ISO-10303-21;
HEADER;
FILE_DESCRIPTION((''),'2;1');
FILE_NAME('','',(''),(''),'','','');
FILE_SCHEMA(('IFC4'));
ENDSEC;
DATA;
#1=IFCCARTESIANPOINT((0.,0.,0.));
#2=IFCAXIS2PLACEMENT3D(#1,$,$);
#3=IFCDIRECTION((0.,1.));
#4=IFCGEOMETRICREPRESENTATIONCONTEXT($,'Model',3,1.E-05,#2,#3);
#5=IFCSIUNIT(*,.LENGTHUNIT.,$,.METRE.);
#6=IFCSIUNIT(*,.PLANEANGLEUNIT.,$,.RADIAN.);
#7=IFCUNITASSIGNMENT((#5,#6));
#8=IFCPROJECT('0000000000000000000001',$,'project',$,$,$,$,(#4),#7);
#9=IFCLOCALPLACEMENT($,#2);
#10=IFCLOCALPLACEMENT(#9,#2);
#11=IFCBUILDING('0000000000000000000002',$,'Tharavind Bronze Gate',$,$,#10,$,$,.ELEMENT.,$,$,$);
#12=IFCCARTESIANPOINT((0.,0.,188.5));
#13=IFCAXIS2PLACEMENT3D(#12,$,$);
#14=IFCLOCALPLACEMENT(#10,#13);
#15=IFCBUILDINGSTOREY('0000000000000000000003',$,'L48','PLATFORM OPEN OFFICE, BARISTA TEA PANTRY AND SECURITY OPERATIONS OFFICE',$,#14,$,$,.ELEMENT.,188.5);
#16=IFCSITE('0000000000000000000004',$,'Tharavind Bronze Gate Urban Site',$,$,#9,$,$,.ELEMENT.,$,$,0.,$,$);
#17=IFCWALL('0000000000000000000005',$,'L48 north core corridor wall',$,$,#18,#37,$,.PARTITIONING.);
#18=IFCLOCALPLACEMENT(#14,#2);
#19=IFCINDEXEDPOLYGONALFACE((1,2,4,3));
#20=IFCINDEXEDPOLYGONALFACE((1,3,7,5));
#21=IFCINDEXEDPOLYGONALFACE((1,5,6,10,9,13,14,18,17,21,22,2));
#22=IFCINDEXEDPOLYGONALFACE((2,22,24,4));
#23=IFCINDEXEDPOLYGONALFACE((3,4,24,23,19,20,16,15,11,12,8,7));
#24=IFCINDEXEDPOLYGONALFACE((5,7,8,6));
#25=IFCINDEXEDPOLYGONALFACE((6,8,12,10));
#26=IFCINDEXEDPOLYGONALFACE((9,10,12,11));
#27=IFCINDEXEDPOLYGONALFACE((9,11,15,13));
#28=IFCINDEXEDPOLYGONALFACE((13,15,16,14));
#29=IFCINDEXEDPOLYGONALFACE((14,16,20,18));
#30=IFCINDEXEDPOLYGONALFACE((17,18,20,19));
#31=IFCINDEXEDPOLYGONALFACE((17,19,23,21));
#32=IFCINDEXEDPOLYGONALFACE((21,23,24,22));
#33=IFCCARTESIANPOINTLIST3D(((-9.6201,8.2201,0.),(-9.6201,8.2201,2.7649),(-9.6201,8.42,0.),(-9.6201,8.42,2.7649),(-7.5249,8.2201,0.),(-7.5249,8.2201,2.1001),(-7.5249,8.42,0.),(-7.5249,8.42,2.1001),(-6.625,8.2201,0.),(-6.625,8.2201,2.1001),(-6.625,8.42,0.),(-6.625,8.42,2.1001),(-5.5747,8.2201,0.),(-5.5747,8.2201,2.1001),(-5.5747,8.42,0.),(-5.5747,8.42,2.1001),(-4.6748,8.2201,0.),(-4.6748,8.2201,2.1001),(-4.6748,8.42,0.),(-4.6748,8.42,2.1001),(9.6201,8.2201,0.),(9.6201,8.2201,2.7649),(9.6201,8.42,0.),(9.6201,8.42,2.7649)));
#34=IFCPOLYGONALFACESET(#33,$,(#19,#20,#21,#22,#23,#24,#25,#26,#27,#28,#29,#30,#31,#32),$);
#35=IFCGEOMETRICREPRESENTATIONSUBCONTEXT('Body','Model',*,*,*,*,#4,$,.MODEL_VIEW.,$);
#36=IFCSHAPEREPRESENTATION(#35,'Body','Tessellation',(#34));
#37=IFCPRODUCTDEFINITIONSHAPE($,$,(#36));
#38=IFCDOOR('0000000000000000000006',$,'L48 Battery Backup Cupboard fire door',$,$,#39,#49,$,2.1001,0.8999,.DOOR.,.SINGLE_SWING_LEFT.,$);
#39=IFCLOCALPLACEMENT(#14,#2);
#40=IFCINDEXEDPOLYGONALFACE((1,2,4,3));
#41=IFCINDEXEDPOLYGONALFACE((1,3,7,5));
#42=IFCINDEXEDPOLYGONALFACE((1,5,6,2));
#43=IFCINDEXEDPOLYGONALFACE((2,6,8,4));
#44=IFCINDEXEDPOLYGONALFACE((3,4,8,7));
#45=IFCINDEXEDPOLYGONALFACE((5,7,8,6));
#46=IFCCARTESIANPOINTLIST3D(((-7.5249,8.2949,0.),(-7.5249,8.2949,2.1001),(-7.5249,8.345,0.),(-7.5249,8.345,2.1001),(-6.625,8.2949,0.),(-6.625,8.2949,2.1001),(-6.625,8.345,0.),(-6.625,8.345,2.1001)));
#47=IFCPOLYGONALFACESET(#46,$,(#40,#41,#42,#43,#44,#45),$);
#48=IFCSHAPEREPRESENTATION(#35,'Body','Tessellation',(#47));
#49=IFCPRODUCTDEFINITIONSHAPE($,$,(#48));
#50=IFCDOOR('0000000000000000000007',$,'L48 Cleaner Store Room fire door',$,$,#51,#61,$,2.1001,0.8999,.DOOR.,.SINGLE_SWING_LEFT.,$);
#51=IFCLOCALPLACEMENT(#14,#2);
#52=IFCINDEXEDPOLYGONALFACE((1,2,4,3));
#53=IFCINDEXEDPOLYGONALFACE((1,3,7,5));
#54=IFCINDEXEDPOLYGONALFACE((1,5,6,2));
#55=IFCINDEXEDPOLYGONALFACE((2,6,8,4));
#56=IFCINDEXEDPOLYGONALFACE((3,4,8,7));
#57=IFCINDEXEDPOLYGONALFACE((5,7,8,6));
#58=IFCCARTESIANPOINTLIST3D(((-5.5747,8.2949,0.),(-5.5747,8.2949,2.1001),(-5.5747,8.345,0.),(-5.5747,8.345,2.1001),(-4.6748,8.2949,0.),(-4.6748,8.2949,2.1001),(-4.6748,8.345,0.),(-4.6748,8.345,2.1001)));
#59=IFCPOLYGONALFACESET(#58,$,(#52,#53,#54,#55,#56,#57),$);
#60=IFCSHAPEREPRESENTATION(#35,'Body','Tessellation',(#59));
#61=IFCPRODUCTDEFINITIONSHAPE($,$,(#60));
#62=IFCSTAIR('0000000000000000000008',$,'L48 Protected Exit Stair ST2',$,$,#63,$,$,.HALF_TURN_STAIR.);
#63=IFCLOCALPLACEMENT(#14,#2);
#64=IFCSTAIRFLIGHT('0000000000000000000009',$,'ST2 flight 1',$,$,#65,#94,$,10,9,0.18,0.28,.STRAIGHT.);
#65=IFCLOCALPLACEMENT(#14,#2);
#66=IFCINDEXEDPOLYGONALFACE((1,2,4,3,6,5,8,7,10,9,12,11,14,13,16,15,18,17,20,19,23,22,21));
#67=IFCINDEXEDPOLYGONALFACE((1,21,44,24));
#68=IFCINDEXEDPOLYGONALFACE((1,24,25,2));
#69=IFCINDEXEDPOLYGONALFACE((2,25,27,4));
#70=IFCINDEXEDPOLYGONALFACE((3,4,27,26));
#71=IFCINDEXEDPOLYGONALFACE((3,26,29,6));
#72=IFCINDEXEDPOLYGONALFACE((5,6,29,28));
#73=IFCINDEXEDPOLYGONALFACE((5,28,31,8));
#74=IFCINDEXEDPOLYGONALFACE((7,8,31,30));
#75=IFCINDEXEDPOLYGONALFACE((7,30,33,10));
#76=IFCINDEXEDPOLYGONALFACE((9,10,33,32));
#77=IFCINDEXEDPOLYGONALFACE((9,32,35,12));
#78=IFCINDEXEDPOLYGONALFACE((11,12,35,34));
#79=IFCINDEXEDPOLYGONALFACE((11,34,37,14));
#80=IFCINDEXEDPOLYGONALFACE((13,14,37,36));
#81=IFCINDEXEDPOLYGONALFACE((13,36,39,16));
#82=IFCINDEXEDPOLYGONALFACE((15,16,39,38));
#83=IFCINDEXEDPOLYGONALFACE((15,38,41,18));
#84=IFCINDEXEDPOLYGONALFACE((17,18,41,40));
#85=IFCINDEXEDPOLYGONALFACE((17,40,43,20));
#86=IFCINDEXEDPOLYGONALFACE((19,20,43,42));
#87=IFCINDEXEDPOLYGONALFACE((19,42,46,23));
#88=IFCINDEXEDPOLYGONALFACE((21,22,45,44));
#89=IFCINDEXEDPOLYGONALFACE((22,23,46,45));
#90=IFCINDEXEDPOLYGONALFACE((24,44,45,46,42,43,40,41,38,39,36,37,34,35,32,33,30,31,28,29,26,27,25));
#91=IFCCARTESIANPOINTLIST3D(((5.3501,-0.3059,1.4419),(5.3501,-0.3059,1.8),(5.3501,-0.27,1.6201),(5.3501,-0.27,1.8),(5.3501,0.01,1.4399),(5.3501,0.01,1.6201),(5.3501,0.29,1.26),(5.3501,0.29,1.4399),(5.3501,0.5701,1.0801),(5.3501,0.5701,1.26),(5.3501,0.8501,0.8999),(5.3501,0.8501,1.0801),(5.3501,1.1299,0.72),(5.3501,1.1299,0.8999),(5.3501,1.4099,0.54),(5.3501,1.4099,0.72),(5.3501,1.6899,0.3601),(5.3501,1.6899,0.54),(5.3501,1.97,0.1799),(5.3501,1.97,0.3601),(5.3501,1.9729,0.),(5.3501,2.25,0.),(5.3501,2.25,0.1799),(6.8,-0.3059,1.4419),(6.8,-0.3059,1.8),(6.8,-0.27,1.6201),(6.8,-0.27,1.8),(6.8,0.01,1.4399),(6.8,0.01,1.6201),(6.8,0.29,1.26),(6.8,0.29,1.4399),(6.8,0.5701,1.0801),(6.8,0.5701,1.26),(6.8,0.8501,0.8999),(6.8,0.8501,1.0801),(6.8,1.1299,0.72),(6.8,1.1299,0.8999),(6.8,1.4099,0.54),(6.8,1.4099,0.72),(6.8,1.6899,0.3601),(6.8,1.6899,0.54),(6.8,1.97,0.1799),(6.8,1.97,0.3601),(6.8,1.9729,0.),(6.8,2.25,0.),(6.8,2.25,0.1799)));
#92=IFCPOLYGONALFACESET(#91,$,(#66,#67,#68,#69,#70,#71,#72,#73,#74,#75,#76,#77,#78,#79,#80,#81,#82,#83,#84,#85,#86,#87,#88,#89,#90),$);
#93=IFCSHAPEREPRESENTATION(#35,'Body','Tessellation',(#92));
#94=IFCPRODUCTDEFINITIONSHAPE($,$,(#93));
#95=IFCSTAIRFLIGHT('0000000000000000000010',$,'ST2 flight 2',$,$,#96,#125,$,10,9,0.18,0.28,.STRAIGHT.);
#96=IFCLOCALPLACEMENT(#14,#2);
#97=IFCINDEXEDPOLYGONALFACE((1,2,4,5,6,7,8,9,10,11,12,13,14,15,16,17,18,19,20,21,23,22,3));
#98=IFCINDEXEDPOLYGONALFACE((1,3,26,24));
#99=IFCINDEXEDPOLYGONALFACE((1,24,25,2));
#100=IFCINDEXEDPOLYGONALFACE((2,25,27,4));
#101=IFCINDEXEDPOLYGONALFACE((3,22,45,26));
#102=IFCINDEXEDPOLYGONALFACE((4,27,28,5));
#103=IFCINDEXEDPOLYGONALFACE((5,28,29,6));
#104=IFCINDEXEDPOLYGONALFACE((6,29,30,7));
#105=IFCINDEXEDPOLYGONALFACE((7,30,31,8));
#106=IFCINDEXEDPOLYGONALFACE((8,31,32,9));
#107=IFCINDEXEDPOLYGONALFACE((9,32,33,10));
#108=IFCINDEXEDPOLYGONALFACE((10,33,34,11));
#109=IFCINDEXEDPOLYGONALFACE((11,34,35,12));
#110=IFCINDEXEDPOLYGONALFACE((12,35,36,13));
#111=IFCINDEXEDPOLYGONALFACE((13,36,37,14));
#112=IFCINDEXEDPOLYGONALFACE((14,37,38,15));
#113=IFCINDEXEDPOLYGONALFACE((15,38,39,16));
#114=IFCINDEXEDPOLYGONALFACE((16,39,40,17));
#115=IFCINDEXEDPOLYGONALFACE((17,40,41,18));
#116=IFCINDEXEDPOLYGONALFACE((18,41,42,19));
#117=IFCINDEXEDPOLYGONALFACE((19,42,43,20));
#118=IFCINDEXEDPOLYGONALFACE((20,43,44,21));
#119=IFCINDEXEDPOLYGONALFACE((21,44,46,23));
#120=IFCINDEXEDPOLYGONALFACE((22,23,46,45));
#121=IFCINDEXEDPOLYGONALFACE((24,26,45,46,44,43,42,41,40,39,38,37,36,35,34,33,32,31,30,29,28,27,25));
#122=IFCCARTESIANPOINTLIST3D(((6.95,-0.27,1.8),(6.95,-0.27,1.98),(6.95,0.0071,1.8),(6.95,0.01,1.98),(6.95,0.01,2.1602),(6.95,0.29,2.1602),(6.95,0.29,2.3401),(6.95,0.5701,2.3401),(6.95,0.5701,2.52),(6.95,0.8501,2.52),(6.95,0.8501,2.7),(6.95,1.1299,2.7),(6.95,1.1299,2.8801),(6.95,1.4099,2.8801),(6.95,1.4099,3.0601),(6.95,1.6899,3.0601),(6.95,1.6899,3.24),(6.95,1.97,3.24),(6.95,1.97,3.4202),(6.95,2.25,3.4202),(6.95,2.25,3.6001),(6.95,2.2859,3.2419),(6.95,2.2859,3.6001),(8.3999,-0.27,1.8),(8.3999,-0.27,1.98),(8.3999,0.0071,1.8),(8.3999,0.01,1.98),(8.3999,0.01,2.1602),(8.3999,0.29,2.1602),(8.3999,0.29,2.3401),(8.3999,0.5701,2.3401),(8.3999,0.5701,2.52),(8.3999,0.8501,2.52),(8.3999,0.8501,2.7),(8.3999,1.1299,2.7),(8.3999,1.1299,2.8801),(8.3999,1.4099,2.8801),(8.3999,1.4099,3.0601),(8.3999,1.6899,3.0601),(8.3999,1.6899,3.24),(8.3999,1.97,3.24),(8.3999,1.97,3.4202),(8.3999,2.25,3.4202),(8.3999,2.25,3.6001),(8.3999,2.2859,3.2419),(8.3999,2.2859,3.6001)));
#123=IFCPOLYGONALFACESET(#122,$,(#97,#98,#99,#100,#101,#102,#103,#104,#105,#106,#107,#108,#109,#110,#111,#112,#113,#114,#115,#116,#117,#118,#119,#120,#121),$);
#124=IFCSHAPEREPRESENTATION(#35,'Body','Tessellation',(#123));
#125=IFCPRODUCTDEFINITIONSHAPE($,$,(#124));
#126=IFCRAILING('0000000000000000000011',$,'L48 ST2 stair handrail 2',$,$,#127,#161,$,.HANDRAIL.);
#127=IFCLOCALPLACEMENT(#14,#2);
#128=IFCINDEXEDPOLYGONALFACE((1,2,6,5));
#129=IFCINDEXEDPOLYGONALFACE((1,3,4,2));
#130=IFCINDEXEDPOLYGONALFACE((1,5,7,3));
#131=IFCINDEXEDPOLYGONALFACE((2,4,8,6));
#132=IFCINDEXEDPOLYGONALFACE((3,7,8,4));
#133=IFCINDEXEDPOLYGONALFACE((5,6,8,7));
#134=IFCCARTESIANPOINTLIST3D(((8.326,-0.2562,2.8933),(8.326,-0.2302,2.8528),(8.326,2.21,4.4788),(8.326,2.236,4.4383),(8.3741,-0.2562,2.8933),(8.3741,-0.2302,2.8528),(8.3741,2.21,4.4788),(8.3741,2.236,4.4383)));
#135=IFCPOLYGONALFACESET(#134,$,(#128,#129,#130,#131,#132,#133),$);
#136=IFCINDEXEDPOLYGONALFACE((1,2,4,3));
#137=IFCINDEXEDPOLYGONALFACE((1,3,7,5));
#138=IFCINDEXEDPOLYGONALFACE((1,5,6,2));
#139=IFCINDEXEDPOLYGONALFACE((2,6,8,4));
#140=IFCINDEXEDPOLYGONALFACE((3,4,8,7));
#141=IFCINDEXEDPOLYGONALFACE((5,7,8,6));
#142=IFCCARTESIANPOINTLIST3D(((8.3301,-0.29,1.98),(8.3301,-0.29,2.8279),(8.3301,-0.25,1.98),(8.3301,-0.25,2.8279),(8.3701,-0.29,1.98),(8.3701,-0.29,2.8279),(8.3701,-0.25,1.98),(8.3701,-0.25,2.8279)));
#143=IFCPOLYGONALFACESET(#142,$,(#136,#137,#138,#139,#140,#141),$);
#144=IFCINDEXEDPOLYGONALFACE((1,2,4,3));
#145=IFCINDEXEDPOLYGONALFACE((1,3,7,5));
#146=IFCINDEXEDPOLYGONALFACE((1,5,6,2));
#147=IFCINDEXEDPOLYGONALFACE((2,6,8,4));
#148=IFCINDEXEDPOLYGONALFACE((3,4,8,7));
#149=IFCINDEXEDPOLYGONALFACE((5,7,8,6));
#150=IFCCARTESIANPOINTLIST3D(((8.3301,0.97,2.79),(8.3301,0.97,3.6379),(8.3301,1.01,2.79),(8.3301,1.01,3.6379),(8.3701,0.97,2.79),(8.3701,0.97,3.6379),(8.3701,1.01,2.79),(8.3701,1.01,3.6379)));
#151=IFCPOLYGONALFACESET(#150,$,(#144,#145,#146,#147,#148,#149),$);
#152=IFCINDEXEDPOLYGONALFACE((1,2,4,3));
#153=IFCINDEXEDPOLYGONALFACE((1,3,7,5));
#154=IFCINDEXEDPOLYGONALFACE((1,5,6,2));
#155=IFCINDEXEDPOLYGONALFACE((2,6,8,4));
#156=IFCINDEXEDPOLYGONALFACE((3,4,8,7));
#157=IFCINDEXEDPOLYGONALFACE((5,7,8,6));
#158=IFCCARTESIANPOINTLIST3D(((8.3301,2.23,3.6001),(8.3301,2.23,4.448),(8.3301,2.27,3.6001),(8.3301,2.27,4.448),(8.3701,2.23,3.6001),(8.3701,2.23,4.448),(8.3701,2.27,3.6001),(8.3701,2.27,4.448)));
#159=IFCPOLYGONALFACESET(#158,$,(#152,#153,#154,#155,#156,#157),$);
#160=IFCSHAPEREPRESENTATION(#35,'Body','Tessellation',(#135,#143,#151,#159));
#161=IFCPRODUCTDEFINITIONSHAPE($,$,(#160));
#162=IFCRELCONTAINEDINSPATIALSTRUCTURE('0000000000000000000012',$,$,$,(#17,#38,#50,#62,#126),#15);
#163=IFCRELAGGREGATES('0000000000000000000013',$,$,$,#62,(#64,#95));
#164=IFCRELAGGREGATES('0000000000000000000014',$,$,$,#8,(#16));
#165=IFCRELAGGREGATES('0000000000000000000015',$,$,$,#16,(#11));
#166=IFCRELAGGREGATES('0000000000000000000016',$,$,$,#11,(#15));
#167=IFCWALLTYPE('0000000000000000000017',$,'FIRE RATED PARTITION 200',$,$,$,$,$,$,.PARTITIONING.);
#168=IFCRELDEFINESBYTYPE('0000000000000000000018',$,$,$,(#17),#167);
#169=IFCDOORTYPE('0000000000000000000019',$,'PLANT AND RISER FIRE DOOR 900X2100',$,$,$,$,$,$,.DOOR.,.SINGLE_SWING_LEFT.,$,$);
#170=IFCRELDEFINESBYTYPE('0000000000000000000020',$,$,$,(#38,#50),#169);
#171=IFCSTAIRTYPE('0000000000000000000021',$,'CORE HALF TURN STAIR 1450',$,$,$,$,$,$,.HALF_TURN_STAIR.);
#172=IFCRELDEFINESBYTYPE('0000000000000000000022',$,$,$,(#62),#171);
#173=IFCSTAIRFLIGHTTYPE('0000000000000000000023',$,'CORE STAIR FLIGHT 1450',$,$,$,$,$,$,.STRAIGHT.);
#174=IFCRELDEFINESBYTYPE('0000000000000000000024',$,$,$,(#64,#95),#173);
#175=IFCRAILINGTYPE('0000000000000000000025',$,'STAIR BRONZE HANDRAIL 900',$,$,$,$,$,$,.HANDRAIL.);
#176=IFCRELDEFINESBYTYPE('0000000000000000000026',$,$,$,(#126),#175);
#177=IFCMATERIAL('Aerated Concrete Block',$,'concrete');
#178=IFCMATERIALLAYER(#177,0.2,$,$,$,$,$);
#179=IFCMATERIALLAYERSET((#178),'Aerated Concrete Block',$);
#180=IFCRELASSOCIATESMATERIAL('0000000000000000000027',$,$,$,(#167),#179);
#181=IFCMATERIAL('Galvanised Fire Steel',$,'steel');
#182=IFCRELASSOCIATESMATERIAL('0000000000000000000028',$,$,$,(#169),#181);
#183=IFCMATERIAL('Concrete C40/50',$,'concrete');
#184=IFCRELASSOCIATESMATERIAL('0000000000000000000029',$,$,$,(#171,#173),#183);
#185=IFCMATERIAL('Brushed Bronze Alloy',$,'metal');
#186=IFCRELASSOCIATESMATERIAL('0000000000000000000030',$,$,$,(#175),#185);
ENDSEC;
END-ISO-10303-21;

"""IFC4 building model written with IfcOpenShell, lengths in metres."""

from ifc_helpers import new_model, si_unit, direction, frame, frame_2d, origin, origin_2d, place, context, subcontext, project, spatial, polyline, rectangle, outline, extrude, material, layer, layer_set, type_object, element, fill, aggregate, save


model = new_model("IFC4")

# Units and contexts
model_context = context("Model", 3, precision=1e-05, world=origin(), true_north=direction((0.0, 1.0)))
body_context = subcontext(model_context, "Body", "Model", "MODEL_VIEW")
ifc_project = project(units=[si_unit("LENGTHUNIT", "METRE"), si_unit("PLANEANGLEUNIT", "RADIAN")], contexts=[model_context])

# Site, building, storey
site_placement = place(None, origin())
site = spatial("IfcSite", under=ifc_project, at=site_placement, Name="Tharavind Bronze Gate Urban Site", CompositionType="ELEMENT", RefElevation=0.0)
building_placement = place(site_placement, origin())
building = spatial("IfcBuilding", under=site, at=building_placement, Name="Tharavind Bronze Gate", CompositionType="ELEMENT")
storey_placement = place(building_placement, frame((0.0, 0.0, 188.5)))
storey = spatial("IfcBuildingStorey", under=building, at=storey_placement, Name="L48", Description="PLATFORM OPEN OFFICE, BARISTA TEA PANTRY AND SECURITY OPERATIONS OFFICE", CompositionType="ELEMENT", Elevation=188.5)

# Wall, openings, doors
ifc_material_1 = material(Name="Aerated Concrete Block", Category="concrete")
ifc_layer_1 = layer(ifc_material_1, 0.2)
ifc_layer_set_1 = layer_set([ifc_layer_1], Name="Aerated Concrete Block")
wall_type_1 = type_object("IfcWallType", Name="FIRE RATED PARTITION 200", PredefinedType="PARTITIONING", material=ifc_layer_set_1)
wall_1_placement = place(storey_placement, frame((9.6201, 8.3201, 0.0), z_axis=(0.0, 0.0, 1.0), x_axis=(-1.0, 0.0, 0.0)))
wall_1 = element("IfcWall", 1, at=wall_1_placement, inside=storey, type_object=wall_type_1, Name="L48 north core corridor wall", PredefinedType="PARTITIONING", context=body_context, shape_type="SweptSolid", body=[
    extrude(rectangle(XDim=19.2402, YDim=0.2, at=frame_2d((9.6201, 0.0))), origin(), (0.0, 0.0, 1.0), 2.7649),
])
opening_1_placement = place(wall_1_placement, frame((16.2451, 0.0, 0.0)))
opening_1 = element("IfcOpeningElement", 2, at=opening_1_placement, cuts=wall_1, PredefinedType="OPENING", context=body_context, shape_type="SweptSolid", body=[
    extrude(rectangle(XDim=0.8999, YDim=2.1001, at=frame_2d((0.45, 1.05))), frame((0.0, 0.1101, 0.0), z_axis=(0.0, -1.0, 0.0), x_axis=(1.0, 0.0, 0.0)), (0.0, 0.0, 1.0), 0.22),
])
opening_2_placement = place(wall_1_placement, frame((14.2949, 0.0, 0.0)))
opening_2 = element("IfcOpeningElement", 3, at=opening_2_placement, cuts=wall_1, PredefinedType="OPENING", context=body_context, shape_type="SweptSolid", body=[
    extrude(rectangle(XDim=0.8999, YDim=2.1001, at=frame_2d((0.45, 1.05))), frame((0.0, 0.1101, 0.0), z_axis=(0.0, -1.0, 0.0), x_axis=(1.0, 0.0, 0.0)), (0.0, 0.0, 1.0), 0.22),
])
ifc_material_2 = material(Name="Galvanised Fire Steel", Category="steel")
door_type_1 = type_object("IfcDoorType", Name="PLANT AND RISER FIRE DOOR 900X2100", OperationType="SINGLE_SWING_LEFT", PredefinedType="DOOR", material=ifc_material_2)
door_1_placement = place(opening_1_placement, frame((0.8999, 0.0, 0.0), z_axis=(0.0, 0.0, 1.0), x_axis=(-1.0, 0.0, 0.0)))
door_1 = element("IfcDoor", 4, at=door_1_placement, inside=storey, type_object=door_type_1, Name="L48 Battery Backup Cupboard fire door", OperationType="SINGLE_SWING_LEFT", OverallHeight=2.1001, OverallWidth=0.8999, PredefinedType="DOOR", context=body_context, shape_type="SweptSolid", body=[
    extrude(rectangle(XDim=0.8999, YDim=2.1001, at=frame_2d((0.45, 1.05))), frame((0.0, 0.0249, 0.0), z_axis=(0.0, -1.0, 0.0), x_axis=(1.0, 0.0, 0.0)), (0.0, 0.0, 1.0), 0.05),
])
fill(opening_1, door_1)
door_2_placement = place(opening_2_placement, frame((0.8999, 0.0, 0.0), z_axis=(0.0, 0.0, 1.0), x_axis=(-1.0, 0.0, 0.0)))
door_2 = element("IfcDoor", 5, at=door_2_placement, inside=storey, type_object=door_type_1, Name="L48 Cleaner Store Room fire door", OperationType="SINGLE_SWING_LEFT", OverallHeight=2.1001, OverallWidth=0.8999, PredefinedType="DOOR", context=body_context, shape_type="SweptSolid", body=[
    extrude(rectangle(XDim=0.8999, YDim=2.1001, at=frame_2d((0.45, 1.05))), frame((0.0, 0.0249, 0.0), z_axis=(0.0, -1.0, 0.0), x_axis=(1.0, 0.0, 0.0)), (0.0, 0.0, 1.0), 0.05),
])
fill(opening_2, door_2)

# Stair, stair flights
ifc_material_3 = material(Name="Concrete C40/50", Category="concrete")
stair_type = type_object("IfcStairType", Name="CORE HALF TURN STAIR 1450", PredefinedType="HALF_TURN_STAIR", material=ifc_material_3)
stair_placement = place(storey_placement, origin())
stair = element("IfcStair", 6, at=stair_placement, inside=storey, type_object=stair_type, Name="L48 Protected Exit Stair ST2", PredefinedType="HALF_TURN_STAIR")
stair_flight_type = type_object("IfcStairFlightType", Name="CORE STAIR FLIGHT 1450", PredefinedType="STRAIGHT", material=ifc_material_3)
stair_flight_1_placement = place(storey_placement, frame((6.075, 2.25, 0.0), z_axis=(0.0, 0.0, 1.0), x_axis=(0.0, -1.0, 0.0)))
stair_flight_1 = element("IfcStairFlight", 7, at=stair_flight_1_placement, type_object=stair_flight_type, Name="ST2 flight 1", NumberOfRisers=10, NumberOfTreads=9, PredefinedType="STRAIGHT", RiserHeight=0.18, TreadLength=0.28, context=body_context, shape_type="SweptSolid", body=[
    extrude(outline(polyline([(0.0, 0.0), (0.0, 0.1799), (0.28, 0.1799), (0.28, 0.3601), (0.5601, 0.3601), (0.5601, 0.54), (0.8401, 0.54), (0.8401, 0.72), (1.1201, 0.72), (1.1201, 0.8999), (1.3999, 0.8999), (1.3999, 1.0801), (1.6799, 1.0801), (1.6799, 1.26), (1.96, 1.26), (1.96, 1.4399), (2.24, 1.4399), (2.24, 1.6201), (2.52, 1.6201), (2.52, 1.8), (2.5559, 1.8), (2.5559, 1.4419), (0.2771, 0.0), (0.0, 0.0)])), frame((0.0, 0.7251, 0.0), z_axis=(0.0, -1.0, 0.0), x_axis=(1.0, 0.0, 0.0)), (0.0, 0.0, 1.0), 1.45),
])
stair_flight_2_placement = place(storey_placement, frame((7.675, -0.27, 1.8), z_axis=(0.0, 0.0, 1.0), x_axis=(0.0, 1.0, 0.0)))
stair_flight_2 = element("IfcStairFlight", 8, at=stair_flight_2_placement, type_object=stair_flight_type, Name="ST2 flight 2", NumberOfRisers=10, NumberOfTreads=9, PredefinedType="STRAIGHT", RiserHeight=0.18, TreadLength=0.28, context=body_context, shape_type="SweptSolid", body=[
    extrude(outline(polyline([(0.0, 0.0), (0.0, 0.1799), (0.28, 0.1799), (0.28, 0.3601), (0.5601, 0.3601), (0.5601, 0.54), (0.8401, 0.54), (0.8401, 0.72), (1.1201, 0.72), (1.1201, 0.8999), (1.3999, 0.8999), (1.3999, 1.0801), (1.6799, 1.0801), (1.6799, 1.26), (1.96, 1.26), (1.96, 1.4399), (2.24, 1.4399), (2.24, 1.6201), (2.52, 1.6201), (2.52, 1.8), (2.5559, 1.8), (2.5559, 1.4419), (0.2771, 0.0), (0.0, 0.0)])), frame((0.0, 0.7251, 0.0), z_axis=(0.0, -1.0, 0.0), x_axis=(1.0, 0.0, 0.0)), (0.0, 0.0, 1.0), 1.45),
])
aggregate(stair, [stair_flight_1, stair_flight_2])

# Railing
ifc_material_4 = material(Name="Brushed Bronze Alloy", Category="metal")
railing_type_1 = type_object("IfcRailingType", Name="STAIR BRONZE HANDRAIL 900", PredefinedType="HANDRAIL", material=ifc_material_4)
railing_1_placement = place(storey_placement, frame((8.3501, -0.27, 1.98)))
element("IfcRailing", 9, at=railing_1_placement, inside=storey, type_object=railing_type_1, Name="L48 ST2 stair handrail 2", PredefinedType="HANDRAIL", context=body_context, shape_type="SweptSolid", body=[
    extrude(rectangle(XDim=0.0481, YDim=0.0481, at=origin_2d()), frame((0.0, 0.0269, 0.8931), z_axis=(0.0, 0.841163, 0.540782), x_axis=(-1.0, 0.0, 0.0)), (0.0, 0.0, 1.0), 2.9319),
    extrude(rectangle(XDim=0.04, YDim=0.04, at=origin_2d()), origin(), (0.0, 0.0, 1.0), 0.8479),
    extrude(rectangle(XDim=0.04, YDim=0.04, at=origin_2d()), frame((0.0, 1.26, 0.8101)), (0.0, 0.0, 1.0), 0.8479),
    extrude(rectangle(XDim=0.04, YDim=0.04, at=origin_2d()), frame((0.0, 2.52, 1.6201)), (0.0, 0.0, 1.0), 0.8479),
])

save(model, "model.ifc")
